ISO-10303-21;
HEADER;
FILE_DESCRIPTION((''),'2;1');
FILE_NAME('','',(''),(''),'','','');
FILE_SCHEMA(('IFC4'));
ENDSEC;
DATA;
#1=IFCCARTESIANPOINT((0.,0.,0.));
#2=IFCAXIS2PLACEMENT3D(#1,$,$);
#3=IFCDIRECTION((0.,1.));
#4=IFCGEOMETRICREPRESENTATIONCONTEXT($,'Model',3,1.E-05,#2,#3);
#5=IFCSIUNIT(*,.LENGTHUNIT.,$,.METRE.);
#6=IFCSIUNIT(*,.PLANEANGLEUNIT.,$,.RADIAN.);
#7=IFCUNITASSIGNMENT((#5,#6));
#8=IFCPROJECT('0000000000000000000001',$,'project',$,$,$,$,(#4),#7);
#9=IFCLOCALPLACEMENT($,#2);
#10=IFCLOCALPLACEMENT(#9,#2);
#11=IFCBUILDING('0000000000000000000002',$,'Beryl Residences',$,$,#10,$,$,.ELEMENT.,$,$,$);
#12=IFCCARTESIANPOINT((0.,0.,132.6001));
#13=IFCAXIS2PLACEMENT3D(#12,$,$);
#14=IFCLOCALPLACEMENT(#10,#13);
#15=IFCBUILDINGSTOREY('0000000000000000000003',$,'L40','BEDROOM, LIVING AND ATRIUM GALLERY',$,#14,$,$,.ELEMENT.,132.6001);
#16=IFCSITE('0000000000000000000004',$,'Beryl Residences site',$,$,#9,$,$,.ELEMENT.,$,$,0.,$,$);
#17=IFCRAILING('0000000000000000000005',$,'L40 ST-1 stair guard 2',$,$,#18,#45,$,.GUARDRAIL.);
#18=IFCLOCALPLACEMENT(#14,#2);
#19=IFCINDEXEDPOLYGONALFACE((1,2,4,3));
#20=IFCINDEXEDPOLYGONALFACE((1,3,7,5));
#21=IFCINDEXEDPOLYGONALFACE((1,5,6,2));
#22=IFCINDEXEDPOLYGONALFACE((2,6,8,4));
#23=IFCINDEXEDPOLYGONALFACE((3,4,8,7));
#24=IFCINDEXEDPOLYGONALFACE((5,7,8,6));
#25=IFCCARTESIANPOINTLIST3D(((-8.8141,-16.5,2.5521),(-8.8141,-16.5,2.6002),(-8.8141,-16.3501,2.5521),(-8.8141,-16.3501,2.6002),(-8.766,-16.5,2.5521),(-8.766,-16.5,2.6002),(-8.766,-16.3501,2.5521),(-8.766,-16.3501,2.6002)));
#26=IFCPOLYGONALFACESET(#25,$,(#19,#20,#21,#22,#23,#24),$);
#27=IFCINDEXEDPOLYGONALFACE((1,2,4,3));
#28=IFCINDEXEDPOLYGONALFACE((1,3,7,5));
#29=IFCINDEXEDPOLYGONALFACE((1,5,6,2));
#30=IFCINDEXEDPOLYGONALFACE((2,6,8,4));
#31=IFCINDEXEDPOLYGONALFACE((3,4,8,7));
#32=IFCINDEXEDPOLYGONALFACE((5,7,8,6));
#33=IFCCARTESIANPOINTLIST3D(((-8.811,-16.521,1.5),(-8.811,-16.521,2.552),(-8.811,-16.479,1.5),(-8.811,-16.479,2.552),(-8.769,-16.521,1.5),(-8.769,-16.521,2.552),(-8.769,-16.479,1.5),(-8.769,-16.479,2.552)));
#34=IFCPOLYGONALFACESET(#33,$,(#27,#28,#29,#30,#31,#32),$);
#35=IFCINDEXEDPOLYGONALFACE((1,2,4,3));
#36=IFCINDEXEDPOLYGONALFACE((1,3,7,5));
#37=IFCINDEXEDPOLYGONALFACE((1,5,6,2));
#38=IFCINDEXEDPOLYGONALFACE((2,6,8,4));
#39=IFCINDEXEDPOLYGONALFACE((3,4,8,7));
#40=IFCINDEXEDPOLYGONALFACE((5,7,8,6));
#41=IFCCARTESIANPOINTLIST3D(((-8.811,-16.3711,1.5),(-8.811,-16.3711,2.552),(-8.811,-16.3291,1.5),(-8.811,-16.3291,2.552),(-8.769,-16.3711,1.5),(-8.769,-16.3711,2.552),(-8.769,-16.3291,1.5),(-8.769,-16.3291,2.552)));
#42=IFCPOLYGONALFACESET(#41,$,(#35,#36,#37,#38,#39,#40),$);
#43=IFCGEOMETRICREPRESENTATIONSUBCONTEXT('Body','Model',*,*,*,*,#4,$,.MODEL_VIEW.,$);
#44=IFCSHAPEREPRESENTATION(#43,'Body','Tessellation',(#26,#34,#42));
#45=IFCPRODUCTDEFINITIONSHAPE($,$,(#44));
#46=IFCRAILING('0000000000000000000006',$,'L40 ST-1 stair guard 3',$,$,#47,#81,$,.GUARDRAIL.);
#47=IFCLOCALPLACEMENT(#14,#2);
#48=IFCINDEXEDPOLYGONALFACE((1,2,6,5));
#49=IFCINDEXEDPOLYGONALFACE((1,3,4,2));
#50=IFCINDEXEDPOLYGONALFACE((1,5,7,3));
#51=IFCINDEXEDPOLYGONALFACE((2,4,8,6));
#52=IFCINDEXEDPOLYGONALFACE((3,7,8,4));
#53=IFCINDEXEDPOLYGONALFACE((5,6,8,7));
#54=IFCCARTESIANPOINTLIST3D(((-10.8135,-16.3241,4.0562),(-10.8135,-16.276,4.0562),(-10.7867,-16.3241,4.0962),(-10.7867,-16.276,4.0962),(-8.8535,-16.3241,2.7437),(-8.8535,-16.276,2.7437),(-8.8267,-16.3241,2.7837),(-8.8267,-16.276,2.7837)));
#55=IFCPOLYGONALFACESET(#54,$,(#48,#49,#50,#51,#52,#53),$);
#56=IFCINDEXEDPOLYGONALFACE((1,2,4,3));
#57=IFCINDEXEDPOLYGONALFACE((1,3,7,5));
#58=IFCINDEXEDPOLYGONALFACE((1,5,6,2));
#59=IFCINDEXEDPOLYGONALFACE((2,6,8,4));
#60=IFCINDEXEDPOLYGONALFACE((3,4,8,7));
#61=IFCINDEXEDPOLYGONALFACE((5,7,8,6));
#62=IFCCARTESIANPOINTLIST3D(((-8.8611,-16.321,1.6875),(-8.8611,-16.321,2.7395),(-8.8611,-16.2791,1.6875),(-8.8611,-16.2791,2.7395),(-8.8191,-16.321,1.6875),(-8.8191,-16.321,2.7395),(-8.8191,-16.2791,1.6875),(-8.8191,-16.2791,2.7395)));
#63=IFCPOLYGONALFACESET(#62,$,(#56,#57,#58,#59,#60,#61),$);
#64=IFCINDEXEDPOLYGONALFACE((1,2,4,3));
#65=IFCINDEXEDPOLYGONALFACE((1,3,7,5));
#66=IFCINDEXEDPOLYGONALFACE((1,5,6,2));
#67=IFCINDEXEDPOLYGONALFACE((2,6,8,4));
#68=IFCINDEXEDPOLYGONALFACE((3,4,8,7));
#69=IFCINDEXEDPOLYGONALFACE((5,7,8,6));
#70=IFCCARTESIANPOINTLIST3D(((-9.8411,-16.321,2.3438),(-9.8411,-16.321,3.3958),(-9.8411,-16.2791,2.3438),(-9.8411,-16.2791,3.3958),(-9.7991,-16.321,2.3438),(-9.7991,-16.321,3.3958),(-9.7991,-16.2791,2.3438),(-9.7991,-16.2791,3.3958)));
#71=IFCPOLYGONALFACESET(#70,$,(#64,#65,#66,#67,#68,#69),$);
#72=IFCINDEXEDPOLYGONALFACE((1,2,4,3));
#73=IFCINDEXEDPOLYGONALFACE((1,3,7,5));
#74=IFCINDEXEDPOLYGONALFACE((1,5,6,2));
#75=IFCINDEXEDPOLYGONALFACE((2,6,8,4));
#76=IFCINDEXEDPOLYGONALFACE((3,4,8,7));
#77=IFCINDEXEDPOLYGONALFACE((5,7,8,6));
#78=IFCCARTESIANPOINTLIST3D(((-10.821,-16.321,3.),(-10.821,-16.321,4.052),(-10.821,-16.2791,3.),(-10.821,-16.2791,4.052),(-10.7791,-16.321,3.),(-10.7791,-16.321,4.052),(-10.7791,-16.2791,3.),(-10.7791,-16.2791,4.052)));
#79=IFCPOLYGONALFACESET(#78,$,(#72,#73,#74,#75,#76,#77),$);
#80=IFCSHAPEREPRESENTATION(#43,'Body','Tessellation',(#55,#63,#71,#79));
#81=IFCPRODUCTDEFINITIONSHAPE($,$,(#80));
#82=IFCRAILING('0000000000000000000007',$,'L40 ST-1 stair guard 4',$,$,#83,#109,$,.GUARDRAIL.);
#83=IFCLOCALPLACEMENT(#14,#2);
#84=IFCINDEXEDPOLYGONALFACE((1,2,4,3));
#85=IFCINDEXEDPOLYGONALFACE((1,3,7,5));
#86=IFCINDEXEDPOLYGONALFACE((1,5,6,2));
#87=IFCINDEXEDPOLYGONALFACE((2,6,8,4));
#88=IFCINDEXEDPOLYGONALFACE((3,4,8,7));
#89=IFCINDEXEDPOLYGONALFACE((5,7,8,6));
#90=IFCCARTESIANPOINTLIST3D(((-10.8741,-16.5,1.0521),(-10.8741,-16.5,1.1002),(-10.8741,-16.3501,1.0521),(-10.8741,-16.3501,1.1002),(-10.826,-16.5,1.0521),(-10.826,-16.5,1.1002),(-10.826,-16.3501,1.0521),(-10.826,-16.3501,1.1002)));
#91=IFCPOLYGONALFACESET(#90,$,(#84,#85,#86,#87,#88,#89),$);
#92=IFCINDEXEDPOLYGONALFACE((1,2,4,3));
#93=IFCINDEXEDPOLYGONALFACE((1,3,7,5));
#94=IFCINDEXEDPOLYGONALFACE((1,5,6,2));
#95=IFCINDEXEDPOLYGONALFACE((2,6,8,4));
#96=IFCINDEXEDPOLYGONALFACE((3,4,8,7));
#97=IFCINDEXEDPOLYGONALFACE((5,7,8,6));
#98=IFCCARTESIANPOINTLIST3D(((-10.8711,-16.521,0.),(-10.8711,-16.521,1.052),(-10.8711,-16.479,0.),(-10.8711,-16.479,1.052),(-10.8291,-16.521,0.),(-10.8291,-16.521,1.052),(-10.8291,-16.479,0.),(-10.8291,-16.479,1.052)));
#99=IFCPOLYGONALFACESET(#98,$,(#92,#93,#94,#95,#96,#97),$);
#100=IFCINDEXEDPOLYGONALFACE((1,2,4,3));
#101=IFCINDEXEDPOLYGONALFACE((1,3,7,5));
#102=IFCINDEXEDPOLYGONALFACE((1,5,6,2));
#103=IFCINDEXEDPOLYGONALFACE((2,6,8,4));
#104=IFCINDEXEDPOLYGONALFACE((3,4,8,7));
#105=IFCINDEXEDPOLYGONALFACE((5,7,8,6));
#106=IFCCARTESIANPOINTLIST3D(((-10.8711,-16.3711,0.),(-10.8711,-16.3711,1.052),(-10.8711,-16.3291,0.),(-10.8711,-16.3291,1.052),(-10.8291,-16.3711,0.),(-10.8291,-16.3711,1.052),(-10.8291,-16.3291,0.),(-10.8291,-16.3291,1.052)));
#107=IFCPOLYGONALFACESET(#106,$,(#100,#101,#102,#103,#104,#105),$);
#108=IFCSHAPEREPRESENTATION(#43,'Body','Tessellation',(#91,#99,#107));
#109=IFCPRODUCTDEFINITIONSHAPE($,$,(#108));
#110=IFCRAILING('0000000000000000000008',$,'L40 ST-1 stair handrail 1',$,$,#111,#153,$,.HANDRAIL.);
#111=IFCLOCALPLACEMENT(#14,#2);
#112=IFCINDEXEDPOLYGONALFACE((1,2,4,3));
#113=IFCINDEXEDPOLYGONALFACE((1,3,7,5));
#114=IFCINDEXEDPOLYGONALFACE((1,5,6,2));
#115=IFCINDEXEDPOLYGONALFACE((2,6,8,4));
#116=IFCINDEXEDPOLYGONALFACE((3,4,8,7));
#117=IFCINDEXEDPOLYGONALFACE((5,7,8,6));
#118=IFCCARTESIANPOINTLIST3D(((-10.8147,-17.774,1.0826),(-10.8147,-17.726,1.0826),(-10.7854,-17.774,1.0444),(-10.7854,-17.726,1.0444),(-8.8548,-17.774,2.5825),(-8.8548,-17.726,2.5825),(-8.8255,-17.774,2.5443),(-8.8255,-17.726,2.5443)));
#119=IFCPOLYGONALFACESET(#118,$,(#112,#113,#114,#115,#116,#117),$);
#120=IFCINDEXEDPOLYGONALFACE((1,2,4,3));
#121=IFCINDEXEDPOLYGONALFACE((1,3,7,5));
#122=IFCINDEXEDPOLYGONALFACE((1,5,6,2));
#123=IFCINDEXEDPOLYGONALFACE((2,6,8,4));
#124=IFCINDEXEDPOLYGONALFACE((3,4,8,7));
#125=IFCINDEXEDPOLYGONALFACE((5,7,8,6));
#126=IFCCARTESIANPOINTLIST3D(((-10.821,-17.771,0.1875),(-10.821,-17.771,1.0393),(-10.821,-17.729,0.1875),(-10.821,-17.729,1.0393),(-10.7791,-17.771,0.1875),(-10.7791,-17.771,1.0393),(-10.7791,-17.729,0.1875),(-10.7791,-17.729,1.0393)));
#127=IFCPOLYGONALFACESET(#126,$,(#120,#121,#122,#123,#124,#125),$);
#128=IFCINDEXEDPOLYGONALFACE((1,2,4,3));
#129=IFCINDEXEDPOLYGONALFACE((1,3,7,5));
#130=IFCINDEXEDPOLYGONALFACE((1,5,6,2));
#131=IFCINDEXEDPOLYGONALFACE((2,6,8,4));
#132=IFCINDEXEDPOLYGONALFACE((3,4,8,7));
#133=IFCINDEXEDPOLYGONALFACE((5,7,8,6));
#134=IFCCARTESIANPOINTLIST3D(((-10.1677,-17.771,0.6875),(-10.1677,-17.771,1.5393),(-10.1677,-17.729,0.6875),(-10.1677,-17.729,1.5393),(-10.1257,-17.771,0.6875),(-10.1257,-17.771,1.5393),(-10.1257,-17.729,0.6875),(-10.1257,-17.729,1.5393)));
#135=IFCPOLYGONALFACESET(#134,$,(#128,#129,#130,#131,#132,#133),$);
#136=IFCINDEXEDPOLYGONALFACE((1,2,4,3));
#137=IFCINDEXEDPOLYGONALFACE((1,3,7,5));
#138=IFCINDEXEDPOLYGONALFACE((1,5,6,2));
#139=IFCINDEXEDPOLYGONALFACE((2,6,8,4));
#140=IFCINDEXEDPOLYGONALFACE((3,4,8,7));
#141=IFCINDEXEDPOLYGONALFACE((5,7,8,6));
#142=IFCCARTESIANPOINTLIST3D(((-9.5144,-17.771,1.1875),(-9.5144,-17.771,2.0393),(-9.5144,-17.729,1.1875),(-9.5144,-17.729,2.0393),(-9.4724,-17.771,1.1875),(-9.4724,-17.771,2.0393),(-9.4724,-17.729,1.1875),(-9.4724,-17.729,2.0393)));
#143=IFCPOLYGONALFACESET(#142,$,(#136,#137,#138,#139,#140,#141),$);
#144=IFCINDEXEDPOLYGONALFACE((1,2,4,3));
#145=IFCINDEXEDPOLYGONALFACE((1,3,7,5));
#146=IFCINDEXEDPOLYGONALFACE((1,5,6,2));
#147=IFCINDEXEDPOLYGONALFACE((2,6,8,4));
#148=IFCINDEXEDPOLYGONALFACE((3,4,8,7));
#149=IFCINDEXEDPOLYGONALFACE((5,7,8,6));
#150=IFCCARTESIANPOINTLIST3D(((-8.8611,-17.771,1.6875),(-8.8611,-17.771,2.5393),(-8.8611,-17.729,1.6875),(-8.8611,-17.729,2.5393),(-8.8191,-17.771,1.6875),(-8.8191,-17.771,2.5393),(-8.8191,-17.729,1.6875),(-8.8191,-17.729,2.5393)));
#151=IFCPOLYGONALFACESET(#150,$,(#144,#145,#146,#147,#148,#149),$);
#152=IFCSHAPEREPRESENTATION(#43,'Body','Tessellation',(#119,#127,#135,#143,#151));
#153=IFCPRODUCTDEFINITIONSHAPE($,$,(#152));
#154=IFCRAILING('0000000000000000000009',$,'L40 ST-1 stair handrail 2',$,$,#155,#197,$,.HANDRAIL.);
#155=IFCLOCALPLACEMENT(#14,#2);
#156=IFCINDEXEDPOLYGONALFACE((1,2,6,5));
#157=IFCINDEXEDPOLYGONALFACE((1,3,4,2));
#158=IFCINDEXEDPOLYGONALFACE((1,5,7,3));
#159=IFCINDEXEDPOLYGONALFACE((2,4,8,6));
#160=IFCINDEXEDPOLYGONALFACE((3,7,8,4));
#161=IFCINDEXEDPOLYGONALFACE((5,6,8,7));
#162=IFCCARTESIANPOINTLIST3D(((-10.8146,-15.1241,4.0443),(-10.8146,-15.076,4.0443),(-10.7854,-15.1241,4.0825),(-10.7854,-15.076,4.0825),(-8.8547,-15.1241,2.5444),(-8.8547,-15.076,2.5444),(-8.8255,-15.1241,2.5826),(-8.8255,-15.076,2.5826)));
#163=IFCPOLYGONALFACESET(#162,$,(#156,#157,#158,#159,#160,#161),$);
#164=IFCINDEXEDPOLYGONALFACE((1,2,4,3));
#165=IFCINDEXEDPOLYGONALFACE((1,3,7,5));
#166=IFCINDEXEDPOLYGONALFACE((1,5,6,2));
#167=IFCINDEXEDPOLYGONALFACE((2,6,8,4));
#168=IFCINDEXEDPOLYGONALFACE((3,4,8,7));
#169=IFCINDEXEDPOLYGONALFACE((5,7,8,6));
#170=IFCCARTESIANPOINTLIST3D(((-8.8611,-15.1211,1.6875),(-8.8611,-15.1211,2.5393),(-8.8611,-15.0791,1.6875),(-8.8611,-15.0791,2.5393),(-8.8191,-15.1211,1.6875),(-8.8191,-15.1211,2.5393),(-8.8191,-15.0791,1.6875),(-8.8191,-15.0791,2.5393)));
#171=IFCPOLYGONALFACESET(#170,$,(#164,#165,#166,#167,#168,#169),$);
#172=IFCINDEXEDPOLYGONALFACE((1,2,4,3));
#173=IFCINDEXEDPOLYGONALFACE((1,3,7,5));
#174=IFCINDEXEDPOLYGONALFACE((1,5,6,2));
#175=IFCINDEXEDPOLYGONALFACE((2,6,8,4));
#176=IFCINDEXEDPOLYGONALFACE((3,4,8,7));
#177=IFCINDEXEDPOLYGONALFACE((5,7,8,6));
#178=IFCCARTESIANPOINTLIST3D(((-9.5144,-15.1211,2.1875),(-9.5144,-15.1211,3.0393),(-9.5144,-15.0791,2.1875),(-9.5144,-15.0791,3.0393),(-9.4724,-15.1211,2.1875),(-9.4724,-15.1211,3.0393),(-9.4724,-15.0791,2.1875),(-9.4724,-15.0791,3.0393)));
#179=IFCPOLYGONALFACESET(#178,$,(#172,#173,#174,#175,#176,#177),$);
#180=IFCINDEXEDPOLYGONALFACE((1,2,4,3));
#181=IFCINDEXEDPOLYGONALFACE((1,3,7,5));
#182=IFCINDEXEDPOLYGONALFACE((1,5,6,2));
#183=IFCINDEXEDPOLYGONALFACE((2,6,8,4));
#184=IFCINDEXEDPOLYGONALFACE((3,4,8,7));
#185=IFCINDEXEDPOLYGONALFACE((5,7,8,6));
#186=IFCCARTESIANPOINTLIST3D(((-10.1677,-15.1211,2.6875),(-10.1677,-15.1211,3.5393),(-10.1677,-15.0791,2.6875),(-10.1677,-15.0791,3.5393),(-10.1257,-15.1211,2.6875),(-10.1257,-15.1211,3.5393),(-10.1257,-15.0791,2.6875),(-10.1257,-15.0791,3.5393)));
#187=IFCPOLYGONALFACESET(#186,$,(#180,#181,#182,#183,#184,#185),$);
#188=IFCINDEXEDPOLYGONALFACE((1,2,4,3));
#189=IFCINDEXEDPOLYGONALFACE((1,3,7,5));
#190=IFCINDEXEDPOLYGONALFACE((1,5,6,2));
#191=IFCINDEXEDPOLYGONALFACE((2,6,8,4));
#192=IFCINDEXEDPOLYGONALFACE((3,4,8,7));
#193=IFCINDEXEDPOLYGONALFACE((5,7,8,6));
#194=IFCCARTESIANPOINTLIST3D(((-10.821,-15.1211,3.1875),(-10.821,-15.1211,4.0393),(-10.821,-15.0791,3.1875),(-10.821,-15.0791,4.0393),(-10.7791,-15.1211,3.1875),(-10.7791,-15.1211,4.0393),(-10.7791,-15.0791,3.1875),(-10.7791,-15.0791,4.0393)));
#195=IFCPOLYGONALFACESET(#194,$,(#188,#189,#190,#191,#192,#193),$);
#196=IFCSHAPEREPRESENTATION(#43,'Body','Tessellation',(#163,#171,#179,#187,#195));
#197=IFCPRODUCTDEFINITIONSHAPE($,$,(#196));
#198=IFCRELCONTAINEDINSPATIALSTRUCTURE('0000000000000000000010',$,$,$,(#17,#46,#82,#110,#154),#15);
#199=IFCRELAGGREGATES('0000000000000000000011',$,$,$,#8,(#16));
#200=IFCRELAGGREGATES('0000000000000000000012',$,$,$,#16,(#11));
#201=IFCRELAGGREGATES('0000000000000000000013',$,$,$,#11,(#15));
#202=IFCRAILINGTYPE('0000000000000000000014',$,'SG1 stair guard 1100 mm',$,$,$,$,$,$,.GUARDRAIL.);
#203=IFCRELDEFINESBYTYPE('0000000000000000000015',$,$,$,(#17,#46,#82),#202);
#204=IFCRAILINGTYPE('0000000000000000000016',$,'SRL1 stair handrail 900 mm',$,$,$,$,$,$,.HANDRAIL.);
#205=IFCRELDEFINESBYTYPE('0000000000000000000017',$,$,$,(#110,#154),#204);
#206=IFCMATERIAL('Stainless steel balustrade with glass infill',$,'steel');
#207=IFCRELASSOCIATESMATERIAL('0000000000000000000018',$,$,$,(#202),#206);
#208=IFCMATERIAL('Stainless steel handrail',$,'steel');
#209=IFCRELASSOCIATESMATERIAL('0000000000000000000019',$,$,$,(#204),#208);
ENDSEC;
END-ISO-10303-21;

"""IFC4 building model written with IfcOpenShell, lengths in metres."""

from ifc_helpers import new_model, si_unit, direction, frame, origin, origin_2d, place, context, subcontext, project, spatial, rectangle, extrude, material, type_object, element, save


model = new_model("IFC4")

# Units and contexts
model_context = context("Model", 3, precision=1e-05, world=origin(), true_north=direction((0.0, 1.0)))
body_context = subcontext(model_context, "Body", "Model", "MODEL_VIEW")
ifc_project = project(units=[si_unit("LENGTHUNIT", "METRE"), si_unit("PLANEANGLEUNIT", "RADIAN")], contexts=[model_context])

# Site, building, storey
site_placement = place(None, origin())
site = spatial("IfcSite", under=ifc_project, at=site_placement, Name="Beryl Residences site", CompositionType="ELEMENT", RefElevation=0.0)
building_placement = place(site_placement, origin())
building = spatial("IfcBuilding", under=site, at=building_placement, Name="Beryl Residences", CompositionType="ELEMENT")
storey_placement = place(building_placement, frame((0.0, 0.0, 132.6001)))
storey = spatial("IfcBuildingStorey", under=building, at=storey_placement, Name="L40", Description="BEDROOM, LIVING AND ATRIUM GALLERY", CompositionType="ELEMENT", Elevation=132.6001)

# Railings
ifc_material_1 = material(Name="Stainless steel balustrade with glass infill", Category="steel")
railing_type_1 = type_object("IfcRailingType", Name="SG1 stair guard 1100 mm", PredefinedType="GUARDRAIL", material=ifc_material_1)
railing_1_placement = place(storey_placement, frame((-8.79, -16.5, 1.5)))
element("IfcRailing", 1, at=railing_1_placement, inside=storey, type_object=railing_type_1, Name="L40 ST-1 stair guard 2", PredefinedType="GUARDRAIL", context=body_context, shape_type="SweptSolid", body=[
    extrude(rectangle(XDim=0.0481, YDim=0.0481, at=origin_2d()), frame((0.0, 0.0, 1.0762), z_axis=(0.0, 1.0, 0.0), x_axis=(-1.0, 0.0, 0.0)), (0.0, 0.0, 1.0), 0.1499),
    extrude(rectangle(XDim=0.042, YDim=0.042, at=origin_2d()), origin(), (0.0, 0.0, 1.0), 1.052),
    extrude(rectangle(XDim=0.042, YDim=0.042, at=origin_2d()), frame((0.0, 0.1499, 0.0)), (0.0, 0.0, 1.0), 1.052),
])
railing_2_placement = place(storey_placement, frame((-8.8401, -16.3, 1.6875)))
element("IfcRailing", 2, at=railing_2_placement, inside=storey, type_object=railing_type_1, Name="L40 ST-1 stair guard 3", PredefinedType="GUARDRAIL", context=body_context, shape_type="SweptSolid", body=[
    extrude(rectangle(XDim=0.0481, YDim=0.0481, at=origin_2d()), frame((0.0, 0.0, 1.0762), z_axis=(-0.830902, 0.0, 0.556419), x_axis=(0.0, -1.0, 0.0)), (0.0, 0.0, 1.0), 2.3589),
    extrude(rectangle(XDim=0.042, YDim=0.042, at=origin_2d()), origin(), (0.0, 0.0, 1.0), 1.052),
    extrude(rectangle(XDim=0.042, YDim=0.042, at=origin_2d()), frame((-0.98, 0.0, 0.6562)), (0.0, 0.0, 1.0), 1.052),
    extrude(rectangle(XDim=0.042, YDim=0.042, at=origin_2d()), frame((-1.96, 0.0, 1.3125)), (0.0, 0.0, 1.0), 1.052),
])
railing_3_placement = place(storey_placement, frame((-10.8501, -16.5, 0.0)))
element("IfcRailing", 3, at=railing_3_placement, inside=storey, type_object=railing_type_1, Name="L40 ST-1 stair guard 4", PredefinedType="GUARDRAIL", context=body_context, shape_type="SweptSolid", body=[
    extrude(rectangle(XDim=0.0481, YDim=0.0481, at=origin_2d()), frame((0.0, 0.0, 1.0762), z_axis=(0.0, 1.0, 0.0), x_axis=(-1.0, 0.0, 0.0)), (0.0, 0.0, 1.0), 0.1499),
    extrude(rectangle(XDim=0.042, YDim=0.042, at=origin_2d()), origin(), (0.0, 0.0, 1.0), 1.052),
    extrude(rectangle(XDim=0.042, YDim=0.042, at=origin_2d()), frame((0.0, 0.1499, 0.0)), (0.0, 0.0, 1.0), 1.052),
])
ifc_material_2 = material(Name="Stainless steel handrail", Category="steel")
railing_type_2 = type_object("IfcRailingType", Name="SRL1 stair handrail 900 mm", PredefinedType="HANDRAIL", material=ifc_material_2)
railing_4_placement = place(storey_placement, frame((-10.8, -17.75, 0.1875)))
element("IfcRailing", 4, at=railing_4_placement, inside=storey, type_object=railing_type_2, Name="L40 ST-1 stair handrail 1", PredefinedType="HANDRAIL", context=body_context, shape_type="SweptSolid", body=[
    extrude(rectangle(XDim=0.0481, YDim=0.0481, at=origin_2d()), frame((0.0, 0.0, 0.876), z_axis=(0.794122, 0.0, 0.607758), x_axis=(0.0, 1.0, 0.0)), (0.0, 0.0, 1.0), 2.468),
    extrude(rectangle(XDim=0.042, YDim=0.042, at=origin_2d()), origin(), (0.0, 0.0, 1.0), 0.8518),
    extrude(rectangle(XDim=0.042, YDim=0.042, at=origin_2d()), frame((0.6533, 0.0, 0.5)), (0.0, 0.0, 1.0), 0.8518),
    extrude(rectangle(XDim=0.042, YDim=0.042, at=origin_2d()), frame((1.3066, 0.0, 1.0)), (0.0, 0.0, 1.0), 0.8518),
    extrude(rectangle(XDim=0.042, YDim=0.042, at=origin_2d()), frame((1.96, 0.0, 1.5)), (0.0, 0.0, 1.0), 0.8518),
])
railing_5_placement = place(storey_placement, frame((-8.8401, -15.1001, 1.6875)))
element("IfcRailing", 5, at=railing_5_placement, inside=storey, type_object=railing_type_2, Name="L40 ST-1 stair handrail 2", PredefinedType="HANDRAIL", context=body_context, shape_type="SweptSolid", body=[
    extrude(rectangle(XDim=0.0481, YDim=0.0481, at=origin_2d()), frame((0.0, 0.0, 0.876), z_axis=(-0.794122, 0.0, 0.607758), x_axis=(0.0, -1.0, 0.0)), (0.0, 0.0, 1.0), 2.468),
    extrude(rectangle(XDim=0.042, YDim=0.042, at=origin_2d()), origin(), (0.0, 0.0, 1.0), 0.8518),
    extrude(rectangle(XDim=0.042, YDim=0.042, at=origin_2d()), frame((-0.6533, 0.0, 0.5)), (0.0, 0.0, 1.0), 0.8518),
    extrude(rectangle(XDim=0.042, YDim=0.042, at=origin_2d()), frame((-1.3066, 0.0, 1.0)), (0.0, 0.0, 1.0), 0.8518),
    extrude(rectangle(XDim=0.042, YDim=0.042, at=origin_2d()), frame((-1.96, 0.0, 1.5)), (0.0, 0.0, 1.0), 0.8518),
])

save(model, "model.ifc")
